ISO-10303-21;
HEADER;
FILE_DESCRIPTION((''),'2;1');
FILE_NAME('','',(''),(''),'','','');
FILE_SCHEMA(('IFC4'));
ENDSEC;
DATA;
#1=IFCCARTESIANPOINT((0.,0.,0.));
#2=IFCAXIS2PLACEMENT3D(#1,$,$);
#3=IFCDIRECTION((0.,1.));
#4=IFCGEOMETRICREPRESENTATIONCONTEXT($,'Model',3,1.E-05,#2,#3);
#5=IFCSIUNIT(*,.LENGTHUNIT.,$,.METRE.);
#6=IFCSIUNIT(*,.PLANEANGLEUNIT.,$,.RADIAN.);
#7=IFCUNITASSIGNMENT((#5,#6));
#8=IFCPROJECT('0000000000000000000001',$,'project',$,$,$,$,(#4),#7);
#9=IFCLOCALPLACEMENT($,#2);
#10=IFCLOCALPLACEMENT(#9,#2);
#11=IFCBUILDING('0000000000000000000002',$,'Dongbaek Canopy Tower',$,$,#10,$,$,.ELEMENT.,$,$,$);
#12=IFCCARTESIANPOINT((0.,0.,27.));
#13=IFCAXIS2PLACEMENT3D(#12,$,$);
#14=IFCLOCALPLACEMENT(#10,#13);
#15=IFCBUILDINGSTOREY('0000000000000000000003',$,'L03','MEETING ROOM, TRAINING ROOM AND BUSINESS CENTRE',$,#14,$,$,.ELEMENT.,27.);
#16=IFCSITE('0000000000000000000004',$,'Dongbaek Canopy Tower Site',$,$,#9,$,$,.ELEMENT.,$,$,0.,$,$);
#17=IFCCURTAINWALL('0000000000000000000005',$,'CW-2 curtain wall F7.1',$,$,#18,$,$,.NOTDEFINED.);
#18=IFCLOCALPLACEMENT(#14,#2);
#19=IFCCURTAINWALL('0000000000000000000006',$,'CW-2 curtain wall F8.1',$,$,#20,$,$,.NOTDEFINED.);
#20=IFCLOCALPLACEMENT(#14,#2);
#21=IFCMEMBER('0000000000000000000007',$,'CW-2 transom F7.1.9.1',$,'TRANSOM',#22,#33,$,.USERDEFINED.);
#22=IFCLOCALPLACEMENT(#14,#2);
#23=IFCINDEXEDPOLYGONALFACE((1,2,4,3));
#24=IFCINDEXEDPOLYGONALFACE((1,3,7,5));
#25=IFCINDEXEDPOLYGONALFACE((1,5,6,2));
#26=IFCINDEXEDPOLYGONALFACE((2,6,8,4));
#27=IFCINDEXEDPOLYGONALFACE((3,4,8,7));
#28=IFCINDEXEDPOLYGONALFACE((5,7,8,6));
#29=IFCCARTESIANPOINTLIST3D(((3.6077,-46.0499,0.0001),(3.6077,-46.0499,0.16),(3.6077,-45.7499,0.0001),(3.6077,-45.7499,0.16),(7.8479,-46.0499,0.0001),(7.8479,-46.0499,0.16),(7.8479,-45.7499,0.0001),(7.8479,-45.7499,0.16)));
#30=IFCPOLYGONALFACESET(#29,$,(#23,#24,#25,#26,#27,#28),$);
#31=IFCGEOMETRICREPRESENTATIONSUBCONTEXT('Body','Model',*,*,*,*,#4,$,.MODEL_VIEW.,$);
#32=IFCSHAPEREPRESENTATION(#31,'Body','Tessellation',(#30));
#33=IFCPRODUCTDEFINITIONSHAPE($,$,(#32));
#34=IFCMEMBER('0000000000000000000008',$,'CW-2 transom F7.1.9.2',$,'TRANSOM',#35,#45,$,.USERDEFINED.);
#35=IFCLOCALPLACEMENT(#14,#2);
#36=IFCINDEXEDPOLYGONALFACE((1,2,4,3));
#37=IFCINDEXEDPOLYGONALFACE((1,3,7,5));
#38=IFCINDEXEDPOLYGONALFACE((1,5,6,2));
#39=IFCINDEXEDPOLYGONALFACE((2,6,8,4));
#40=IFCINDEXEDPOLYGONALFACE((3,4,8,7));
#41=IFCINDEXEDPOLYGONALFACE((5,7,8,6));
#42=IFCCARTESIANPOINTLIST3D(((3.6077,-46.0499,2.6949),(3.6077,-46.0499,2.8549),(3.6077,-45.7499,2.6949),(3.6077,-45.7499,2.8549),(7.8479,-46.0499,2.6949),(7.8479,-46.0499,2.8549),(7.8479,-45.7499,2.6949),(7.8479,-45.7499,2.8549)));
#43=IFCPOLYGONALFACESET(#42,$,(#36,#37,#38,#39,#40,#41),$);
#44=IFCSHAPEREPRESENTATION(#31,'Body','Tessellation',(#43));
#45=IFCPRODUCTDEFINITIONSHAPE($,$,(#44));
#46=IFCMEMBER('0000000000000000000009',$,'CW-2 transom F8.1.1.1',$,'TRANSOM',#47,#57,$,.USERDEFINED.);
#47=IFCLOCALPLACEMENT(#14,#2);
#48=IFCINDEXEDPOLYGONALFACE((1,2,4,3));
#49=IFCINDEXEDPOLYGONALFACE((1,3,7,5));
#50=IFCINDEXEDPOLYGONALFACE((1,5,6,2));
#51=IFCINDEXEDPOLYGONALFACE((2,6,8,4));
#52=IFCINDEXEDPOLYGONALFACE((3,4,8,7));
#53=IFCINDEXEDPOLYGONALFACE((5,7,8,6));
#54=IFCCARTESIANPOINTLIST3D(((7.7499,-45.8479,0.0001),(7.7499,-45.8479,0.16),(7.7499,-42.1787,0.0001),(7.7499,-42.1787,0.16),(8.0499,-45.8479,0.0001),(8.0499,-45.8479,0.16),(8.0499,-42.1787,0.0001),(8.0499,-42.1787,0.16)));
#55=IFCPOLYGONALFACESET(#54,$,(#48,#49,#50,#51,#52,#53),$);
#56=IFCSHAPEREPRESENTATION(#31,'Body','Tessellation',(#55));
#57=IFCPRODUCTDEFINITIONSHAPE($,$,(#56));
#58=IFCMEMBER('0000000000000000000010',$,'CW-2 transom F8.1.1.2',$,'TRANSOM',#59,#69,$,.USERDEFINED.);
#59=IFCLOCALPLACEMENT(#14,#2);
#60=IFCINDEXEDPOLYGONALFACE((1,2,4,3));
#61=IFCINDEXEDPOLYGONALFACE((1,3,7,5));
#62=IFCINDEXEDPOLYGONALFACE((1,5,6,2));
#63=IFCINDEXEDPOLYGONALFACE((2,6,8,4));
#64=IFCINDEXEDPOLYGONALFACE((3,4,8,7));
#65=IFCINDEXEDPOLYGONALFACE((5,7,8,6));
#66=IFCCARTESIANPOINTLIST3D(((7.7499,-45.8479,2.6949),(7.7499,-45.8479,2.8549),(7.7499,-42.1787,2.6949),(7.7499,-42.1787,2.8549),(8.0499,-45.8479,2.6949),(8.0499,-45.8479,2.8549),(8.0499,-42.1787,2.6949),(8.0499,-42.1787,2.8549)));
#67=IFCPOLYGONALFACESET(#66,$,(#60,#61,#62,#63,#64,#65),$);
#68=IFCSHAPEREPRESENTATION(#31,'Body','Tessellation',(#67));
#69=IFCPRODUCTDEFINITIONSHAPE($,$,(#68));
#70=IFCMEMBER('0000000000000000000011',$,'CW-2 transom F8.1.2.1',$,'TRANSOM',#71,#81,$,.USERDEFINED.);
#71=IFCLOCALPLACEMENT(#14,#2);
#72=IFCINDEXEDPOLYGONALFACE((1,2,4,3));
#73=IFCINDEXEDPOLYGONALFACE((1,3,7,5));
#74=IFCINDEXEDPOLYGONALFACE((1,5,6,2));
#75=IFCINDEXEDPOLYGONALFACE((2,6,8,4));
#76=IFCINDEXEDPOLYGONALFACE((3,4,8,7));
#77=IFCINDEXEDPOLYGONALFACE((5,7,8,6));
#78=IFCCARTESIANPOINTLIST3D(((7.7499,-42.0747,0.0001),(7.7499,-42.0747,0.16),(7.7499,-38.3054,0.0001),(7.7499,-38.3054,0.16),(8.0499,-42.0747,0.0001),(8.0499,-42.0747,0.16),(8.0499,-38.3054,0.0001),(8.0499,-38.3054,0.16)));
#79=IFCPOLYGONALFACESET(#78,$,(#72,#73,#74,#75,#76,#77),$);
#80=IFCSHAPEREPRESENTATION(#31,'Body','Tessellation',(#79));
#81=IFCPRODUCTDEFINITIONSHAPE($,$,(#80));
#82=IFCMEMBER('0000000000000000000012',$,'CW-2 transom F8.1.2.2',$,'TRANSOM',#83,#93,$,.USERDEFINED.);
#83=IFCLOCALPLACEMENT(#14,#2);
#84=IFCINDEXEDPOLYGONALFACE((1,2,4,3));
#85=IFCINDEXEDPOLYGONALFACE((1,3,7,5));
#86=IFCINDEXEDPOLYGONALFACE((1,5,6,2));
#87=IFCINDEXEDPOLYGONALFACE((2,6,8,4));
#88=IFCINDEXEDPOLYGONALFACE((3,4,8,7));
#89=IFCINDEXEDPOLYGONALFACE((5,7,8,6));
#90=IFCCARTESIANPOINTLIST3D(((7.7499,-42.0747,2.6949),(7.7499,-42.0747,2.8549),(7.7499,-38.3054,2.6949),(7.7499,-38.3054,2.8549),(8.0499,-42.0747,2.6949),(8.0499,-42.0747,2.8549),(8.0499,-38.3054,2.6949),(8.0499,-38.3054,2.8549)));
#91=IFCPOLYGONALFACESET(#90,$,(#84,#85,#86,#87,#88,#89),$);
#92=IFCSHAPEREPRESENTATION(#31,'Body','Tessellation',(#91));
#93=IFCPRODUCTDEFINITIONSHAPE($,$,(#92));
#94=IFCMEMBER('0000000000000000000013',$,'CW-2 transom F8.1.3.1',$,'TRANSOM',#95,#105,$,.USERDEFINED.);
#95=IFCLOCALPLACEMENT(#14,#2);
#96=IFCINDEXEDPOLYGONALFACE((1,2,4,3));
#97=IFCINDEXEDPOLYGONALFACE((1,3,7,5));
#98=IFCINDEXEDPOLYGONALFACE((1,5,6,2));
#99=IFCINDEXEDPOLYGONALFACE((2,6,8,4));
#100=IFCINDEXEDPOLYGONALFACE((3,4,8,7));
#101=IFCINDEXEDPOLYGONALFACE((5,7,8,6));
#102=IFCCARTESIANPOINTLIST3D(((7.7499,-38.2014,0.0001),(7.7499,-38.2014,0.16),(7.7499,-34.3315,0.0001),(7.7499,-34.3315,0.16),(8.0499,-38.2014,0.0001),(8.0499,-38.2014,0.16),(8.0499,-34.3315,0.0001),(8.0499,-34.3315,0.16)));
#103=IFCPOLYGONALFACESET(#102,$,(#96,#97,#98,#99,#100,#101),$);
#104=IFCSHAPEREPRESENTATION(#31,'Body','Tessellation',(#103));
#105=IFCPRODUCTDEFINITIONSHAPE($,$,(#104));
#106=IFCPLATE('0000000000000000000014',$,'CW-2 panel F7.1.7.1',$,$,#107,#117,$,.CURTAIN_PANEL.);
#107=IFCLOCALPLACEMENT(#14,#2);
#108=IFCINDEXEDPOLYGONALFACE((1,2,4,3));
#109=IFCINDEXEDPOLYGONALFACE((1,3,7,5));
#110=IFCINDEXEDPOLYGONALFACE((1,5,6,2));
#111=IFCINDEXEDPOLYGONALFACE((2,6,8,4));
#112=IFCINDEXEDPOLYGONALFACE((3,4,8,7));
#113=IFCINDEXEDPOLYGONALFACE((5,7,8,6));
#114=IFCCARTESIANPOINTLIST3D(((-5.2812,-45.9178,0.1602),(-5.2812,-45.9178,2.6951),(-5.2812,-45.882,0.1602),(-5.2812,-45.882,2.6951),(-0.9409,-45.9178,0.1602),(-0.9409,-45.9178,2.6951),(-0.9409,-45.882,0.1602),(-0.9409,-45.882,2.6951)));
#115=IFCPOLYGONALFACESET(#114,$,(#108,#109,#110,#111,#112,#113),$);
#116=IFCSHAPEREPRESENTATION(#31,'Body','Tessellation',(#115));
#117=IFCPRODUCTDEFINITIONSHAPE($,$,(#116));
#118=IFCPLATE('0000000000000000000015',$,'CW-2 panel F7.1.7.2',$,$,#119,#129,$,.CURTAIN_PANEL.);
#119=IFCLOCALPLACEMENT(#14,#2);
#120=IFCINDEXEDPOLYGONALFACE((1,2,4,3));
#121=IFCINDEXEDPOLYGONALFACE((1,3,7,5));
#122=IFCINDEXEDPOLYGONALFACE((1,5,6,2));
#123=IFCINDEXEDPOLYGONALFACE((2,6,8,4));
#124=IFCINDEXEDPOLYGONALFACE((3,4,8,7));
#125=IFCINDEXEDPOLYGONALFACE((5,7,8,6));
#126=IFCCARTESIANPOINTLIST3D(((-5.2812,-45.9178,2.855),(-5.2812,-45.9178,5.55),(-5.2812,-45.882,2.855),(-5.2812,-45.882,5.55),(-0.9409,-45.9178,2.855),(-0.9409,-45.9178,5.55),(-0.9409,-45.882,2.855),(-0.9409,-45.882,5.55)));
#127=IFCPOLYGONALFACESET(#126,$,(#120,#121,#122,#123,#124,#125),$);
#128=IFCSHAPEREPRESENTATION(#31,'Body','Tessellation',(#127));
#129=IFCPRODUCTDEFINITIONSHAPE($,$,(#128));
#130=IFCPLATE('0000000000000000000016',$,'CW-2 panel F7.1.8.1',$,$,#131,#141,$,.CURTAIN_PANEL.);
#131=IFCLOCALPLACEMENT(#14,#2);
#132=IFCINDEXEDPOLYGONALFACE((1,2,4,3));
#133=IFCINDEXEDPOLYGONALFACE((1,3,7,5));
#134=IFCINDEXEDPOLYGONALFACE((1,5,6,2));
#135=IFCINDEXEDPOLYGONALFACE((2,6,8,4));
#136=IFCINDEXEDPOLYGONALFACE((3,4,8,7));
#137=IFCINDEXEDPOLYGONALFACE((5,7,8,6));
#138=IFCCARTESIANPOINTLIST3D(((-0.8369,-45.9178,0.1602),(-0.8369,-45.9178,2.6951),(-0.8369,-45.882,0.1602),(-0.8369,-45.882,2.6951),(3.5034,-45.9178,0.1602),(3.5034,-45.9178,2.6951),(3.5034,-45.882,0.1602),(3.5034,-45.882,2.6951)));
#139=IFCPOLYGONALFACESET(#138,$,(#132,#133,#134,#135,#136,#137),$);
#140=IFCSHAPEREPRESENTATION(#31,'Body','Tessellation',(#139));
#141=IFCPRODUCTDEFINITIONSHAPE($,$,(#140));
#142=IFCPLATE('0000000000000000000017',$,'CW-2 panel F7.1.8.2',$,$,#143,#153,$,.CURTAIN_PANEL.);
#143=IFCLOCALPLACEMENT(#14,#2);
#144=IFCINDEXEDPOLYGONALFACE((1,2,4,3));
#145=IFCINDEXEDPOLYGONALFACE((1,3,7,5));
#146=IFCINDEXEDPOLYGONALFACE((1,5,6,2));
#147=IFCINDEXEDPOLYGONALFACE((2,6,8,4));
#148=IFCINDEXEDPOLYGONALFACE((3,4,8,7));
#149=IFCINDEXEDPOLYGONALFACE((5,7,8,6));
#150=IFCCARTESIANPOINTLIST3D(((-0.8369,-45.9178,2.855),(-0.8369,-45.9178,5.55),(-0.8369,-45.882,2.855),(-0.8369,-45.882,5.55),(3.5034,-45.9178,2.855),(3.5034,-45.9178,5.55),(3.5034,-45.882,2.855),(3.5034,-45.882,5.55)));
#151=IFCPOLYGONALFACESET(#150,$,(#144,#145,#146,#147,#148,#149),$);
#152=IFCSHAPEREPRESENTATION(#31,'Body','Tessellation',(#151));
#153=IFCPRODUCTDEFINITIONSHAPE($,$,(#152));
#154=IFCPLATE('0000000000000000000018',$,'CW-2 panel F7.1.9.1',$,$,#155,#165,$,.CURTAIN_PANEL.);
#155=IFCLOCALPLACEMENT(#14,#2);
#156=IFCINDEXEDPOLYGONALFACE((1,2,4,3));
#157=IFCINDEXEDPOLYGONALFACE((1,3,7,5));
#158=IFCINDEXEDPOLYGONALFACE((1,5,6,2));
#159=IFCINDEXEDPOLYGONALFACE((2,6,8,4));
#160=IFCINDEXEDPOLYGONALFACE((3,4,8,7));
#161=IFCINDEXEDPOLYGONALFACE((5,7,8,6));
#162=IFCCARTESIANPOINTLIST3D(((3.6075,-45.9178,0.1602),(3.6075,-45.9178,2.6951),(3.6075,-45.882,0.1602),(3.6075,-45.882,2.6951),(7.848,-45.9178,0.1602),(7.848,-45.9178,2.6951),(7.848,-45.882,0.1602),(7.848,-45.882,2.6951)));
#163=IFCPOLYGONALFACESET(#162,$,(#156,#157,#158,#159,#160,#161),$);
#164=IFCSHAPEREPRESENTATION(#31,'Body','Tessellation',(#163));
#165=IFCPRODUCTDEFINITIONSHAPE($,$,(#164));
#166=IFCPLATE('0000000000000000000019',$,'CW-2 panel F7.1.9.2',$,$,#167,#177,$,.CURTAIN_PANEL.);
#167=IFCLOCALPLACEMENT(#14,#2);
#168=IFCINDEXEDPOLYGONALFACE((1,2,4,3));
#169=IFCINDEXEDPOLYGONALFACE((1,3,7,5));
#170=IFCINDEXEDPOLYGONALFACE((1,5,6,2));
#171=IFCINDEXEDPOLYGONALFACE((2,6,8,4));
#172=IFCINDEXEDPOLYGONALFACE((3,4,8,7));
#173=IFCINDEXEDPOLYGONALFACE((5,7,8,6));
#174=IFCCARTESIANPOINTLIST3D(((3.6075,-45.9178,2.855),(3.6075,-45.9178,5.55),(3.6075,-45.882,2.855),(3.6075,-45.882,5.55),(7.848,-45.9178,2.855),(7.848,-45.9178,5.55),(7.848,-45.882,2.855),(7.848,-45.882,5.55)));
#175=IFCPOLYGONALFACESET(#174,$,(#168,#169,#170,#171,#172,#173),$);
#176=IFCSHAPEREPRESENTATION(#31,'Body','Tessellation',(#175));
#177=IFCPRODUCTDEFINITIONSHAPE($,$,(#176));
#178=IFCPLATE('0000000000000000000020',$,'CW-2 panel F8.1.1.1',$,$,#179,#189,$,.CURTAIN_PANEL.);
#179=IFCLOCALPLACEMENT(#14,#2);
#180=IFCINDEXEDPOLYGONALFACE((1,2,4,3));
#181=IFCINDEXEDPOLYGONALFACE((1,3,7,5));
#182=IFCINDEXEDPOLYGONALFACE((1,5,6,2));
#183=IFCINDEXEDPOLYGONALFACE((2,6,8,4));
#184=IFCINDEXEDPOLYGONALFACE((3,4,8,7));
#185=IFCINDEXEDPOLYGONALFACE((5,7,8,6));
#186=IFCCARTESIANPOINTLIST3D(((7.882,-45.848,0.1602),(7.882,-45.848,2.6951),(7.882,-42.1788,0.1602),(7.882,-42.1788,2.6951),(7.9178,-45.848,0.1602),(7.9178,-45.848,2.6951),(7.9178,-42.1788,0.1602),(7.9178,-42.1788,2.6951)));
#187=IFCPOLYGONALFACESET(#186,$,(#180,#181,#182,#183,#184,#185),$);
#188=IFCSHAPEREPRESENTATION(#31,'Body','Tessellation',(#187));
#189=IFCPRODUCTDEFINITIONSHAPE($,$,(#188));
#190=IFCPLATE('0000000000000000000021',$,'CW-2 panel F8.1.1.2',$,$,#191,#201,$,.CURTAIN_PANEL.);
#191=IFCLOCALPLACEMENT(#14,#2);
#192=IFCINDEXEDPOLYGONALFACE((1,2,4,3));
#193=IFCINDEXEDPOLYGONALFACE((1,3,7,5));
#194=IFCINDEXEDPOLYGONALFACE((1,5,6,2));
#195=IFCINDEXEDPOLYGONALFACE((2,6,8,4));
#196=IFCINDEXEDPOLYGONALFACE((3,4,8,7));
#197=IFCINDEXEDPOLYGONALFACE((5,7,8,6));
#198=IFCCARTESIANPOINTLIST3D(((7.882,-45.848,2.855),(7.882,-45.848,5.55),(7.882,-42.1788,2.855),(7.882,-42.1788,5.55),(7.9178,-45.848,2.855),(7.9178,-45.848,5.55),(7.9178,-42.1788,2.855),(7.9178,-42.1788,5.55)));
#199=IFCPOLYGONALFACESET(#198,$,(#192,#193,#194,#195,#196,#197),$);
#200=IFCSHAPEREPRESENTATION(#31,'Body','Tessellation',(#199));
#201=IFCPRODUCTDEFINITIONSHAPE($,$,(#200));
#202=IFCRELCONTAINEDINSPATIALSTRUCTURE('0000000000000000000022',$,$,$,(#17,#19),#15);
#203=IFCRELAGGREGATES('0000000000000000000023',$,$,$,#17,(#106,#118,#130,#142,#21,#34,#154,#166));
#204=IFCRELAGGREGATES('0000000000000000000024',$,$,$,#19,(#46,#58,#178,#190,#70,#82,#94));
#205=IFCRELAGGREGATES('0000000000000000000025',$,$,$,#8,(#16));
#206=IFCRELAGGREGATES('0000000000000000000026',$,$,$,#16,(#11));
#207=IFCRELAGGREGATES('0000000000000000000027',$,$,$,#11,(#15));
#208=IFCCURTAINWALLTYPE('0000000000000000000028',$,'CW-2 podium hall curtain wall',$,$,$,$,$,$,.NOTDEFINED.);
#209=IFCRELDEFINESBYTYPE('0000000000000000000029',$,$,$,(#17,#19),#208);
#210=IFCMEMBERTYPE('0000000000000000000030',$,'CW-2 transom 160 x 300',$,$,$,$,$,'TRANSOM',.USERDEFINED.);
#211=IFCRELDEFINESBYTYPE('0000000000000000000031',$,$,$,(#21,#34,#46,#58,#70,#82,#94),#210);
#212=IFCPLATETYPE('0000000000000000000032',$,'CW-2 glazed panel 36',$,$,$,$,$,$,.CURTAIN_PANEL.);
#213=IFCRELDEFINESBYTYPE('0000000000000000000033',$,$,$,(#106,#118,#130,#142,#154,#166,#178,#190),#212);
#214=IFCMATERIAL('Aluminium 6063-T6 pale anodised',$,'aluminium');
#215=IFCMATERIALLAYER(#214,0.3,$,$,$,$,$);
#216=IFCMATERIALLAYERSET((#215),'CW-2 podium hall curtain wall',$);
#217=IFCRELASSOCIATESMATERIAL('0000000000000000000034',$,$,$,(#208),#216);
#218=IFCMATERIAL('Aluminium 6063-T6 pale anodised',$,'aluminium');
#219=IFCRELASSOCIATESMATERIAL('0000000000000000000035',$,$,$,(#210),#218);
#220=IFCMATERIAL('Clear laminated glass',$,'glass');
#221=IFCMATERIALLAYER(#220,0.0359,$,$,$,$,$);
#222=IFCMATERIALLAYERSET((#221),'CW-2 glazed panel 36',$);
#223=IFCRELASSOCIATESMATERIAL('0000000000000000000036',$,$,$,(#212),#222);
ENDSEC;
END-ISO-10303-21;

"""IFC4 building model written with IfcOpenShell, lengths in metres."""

from ifc_helpers import new_model, si_unit, direction, frame, origin, origin_2d, place, context, subcontext, project, spatial, rectangle, extrude, material, layer, layer_set, material_profile, profile_set, type_object, element, aggregate, save


model = new_model("IFC4")

# Units and contexts
model_context = context("Model", 3, precision=1e-05, world=origin(), true_north=direction((0.0, 1.0)))
body_context = subcontext(model_context, "Body", "Model", "MODEL_VIEW")
ifc_project = project(units=[si_unit("LENGTHUNIT", "METRE"), si_unit("PLANEANGLEUNIT", "RADIAN")], contexts=[model_context])

# Site, building, storey
site_placement = place(None, origin())
site = spatial("IfcSite", under=ifc_project, at=site_placement, Name="Dongbaek Canopy Tower Site", CompositionType="ELEMENT", RefElevation=0.0)
building_placement = place(site_placement, origin())
building = spatial("IfcBuilding", under=site, at=building_placement, Name="Dongbaek Canopy Tower", CompositionType="ELEMENT")
storey_placement = place(building_placement, frame((0.0, 0.0, 27.0)))
storey = spatial("IfcBuildingStorey", under=building, at=storey_placement, Name="L03", Description="MEETING ROOM, TRAINING ROOM AND BUSINESS CENTRE", CompositionType="ELEMENT", Elevation=27.0)

# Curtain walls
ifc_material_1 = material(Name="Aluminium 6063-T6 pale anodised", Category="aluminium")
ifc_layer_1 = layer(ifc_material_1, 0.3)
ifc_layer_set_1 = layer_set([ifc_layer_1], Name="CW-2 podium hall curtain wall")
curtain_wall_type = type_object("IfcCurtainWallType", Name="CW-2 podium hall curtain wall", PredefinedType="NOTDEFINED", material=ifc_layer_set_1)
curtain_wall_1_placement = place(storey_placement, origin())
curtain_wall_1 = element("IfcCurtainWall", 1, at=curtain_wall_1_placement, inside=storey, type_object=curtain_wall_type, Name="CW-2 curtain wall F7.1", PredefinedType="NOTDEFINED")
curtain_wall_2_placement = place(storey_placement, origin())
curtain_wall_2 = element("IfcCurtainWall", 2, at=curtain_wall_2_placement, inside=storey, type_object=curtain_wall_type, Name="CW-2 curtain wall F8.1", PredefinedType="NOTDEFINED")

# Members
ifc_material_2 = material(Name="Aluminium 6063-T6 pale anodised", Category="aluminium")
ifc_material_profile_1 = material_profile(ifc_material_2, rectangle(XDim=0.3, YDim=0.1599, at=origin_2d()), Name="CW-2 transom 160 x 300")
ifc_profile_set_1 = profile_set([ifc_material_profile_1], Name="Aluminium 6063-T6 pale anodised")
member_type_1 = type_object("IfcMemberType", Name="CW-2 transom 160 x 300", ElementType="TRANSOM", PredefinedType="USERDEFINED", material=ifc_profile_set_1)
member_1_placement = place(storey_placement, frame((3.6077, -45.8999, 0.0801), z_axis=(1.0, 0.0, 0.0), x_axis=(0.0, 1.0, 0.0)))
member_1 = element("IfcMember", 3, at=member_1_placement, type_object=member_type_1, Name="CW-2 transom F7.1.9.1", ObjectType="TRANSOM", PredefinedType="USERDEFINED", context=body_context, shape_type="SweptSolid", body=[
    extrude(rectangle(XDim=0.3, YDim=0.1599, at=origin_2d()), origin(), (0.0, 0.0, 1.0), 4.2402),
])
member_2_placement = place(storey_placement, frame((3.6077, -45.8999, 2.7749), z_axis=(1.0, 0.0, 0.0), x_axis=(0.0, 1.0, 0.0)))
member_2 = element("IfcMember", 4, at=member_2_placement, type_object=member_type_1, Name="CW-2 transom F7.1.9.2", ObjectType="TRANSOM", PredefinedType="USERDEFINED", context=body_context, shape_type="SweptSolid", body=[
    extrude(rectangle(XDim=0.3, YDim=0.1599, at=origin_2d()), origin(), (0.0, 0.0, 1.0), 4.2402),
])
member_3_placement = place(storey_placement, frame((7.8999, -45.8479, 0.0801), z_axis=(0.0, 1.0, 0.0), x_axis=(-1.0, 0.0, 0.0)))
member_3 = element("IfcMember", 5, at=member_3_placement, type_object=member_type_1, Name="CW-2 transom F8.1.1.1", ObjectType="TRANSOM", PredefinedType="USERDEFINED", context=body_context, shape_type="SweptSolid", body=[
    extrude(rectangle(XDim=0.3, YDim=0.1599, at=origin_2d()), origin(), (0.0, 0.0, 1.0), 3.6692),
])
member_4_placement = place(storey_placement, frame((7.8999, -45.8479, 2.7749), z_axis=(0.0, 1.0, 0.0), x_axis=(-1.0, 0.0, 0.0)))
member_4 = element("IfcMember", 6, at=member_4_placement, type_object=member_type_1, Name="CW-2 transom F8.1.1.2", ObjectType="TRANSOM", PredefinedType="USERDEFINED", context=body_context, shape_type="SweptSolid", body=[
    extrude(rectangle(XDim=0.3, YDim=0.1599, at=origin_2d()), origin(), (0.0, 0.0, 1.0), 3.6692),
])
member_5_placement = place(storey_placement, frame((7.8999, -42.0747, 0.0801), z_axis=(0.0, 1.0, 0.0), x_axis=(-1.0, 0.0, 0.0)))
member_5 = element("IfcMember", 7, at=member_5_placement, type_object=member_type_1, Name="CW-2 transom F8.1.2.1", ObjectType="TRANSOM", PredefinedType="USERDEFINED", context=body_context, shape_type="SweptSolid", body=[
    extrude(rectangle(XDim=0.3, YDim=0.1599, at=origin_2d()), origin(), (0.0, 0.0, 1.0), 3.7693),
])
member_6_placement = place(storey_placement, frame((7.8999, -42.0747, 2.7749), z_axis=(0.0, 1.0, 0.0), x_axis=(-1.0, 0.0, 0.0)))
member_6 = element("IfcMember", 8, at=member_6_placement, type_object=member_type_1, Name="CW-2 transom F8.1.2.2", ObjectType="TRANSOM", PredefinedType="USERDEFINED", context=body_context, shape_type="SweptSolid", body=[
    extrude(rectangle(XDim=0.3, YDim=0.1599, at=origin_2d()), origin(), (0.0, 0.0, 1.0), 3.7693),
])
member_7_placement = place(storey_placement, frame((7.8999, -38.2014, 0.0801), z_axis=(0.0, 1.0, 0.0), x_axis=(-1.0, 0.0, 0.0)))
member_7 = element("IfcMember", 9, at=member_7_placement, type_object=member_type_1, Name="CW-2 transom F8.1.3.1", ObjectType="TRANSOM", PredefinedType="USERDEFINED", context=body_context, shape_type="SweptSolid", body=[
    extrude(rectangle(XDim=0.3, YDim=0.1599, at=origin_2d()), origin(), (0.0, 0.0, 1.0), 3.8699),
])

# Plates
ifc_material_3 = material(Name="Clear laminated glass", Category="glass")
ifc_layer_2 = layer(ifc_material_3, 0.0359)
ifc_layer_set_2 = layer_set([ifc_layer_2], Name="CW-2 glazed panel 36")
plate_type = type_object("IfcPlateType", Name="CW-2 glazed panel 36", PredefinedType="CURTAIN_PANEL", material=ifc_layer_set_2)
plate_1_placement = place(storey_placement, frame((-3.1111, -45.8999, 0.1602), z_axis=(0.0, 0.0, 1.0), x_axis=(1.0, 0.0, 0.0)))
plate_1 = element("IfcPlate", 10, at=plate_1_placement, type_object=plate_type, Name="CW-2 panel F7.1.7.1", PredefinedType="CURTAIN_PANEL", context=body_context, shape_type="SweptSolid", body=[
    extrude(rectangle(XDim=4.3403, YDim=0.0359, at=origin_2d()), origin(), (0.0, 0.0, 1.0), 2.5349),
])
plate_2_placement = place(storey_placement, frame((-3.1111, -45.8999, 2.855), z_axis=(0.0, 0.0, 1.0), x_axis=(1.0, 0.0, 0.0)))
plate_2 = element("IfcPlate", 11, at=plate_2_placement, type_object=plate_type, Name="CW-2 panel F7.1.7.2", PredefinedType="CURTAIN_PANEL", context=body_context, shape_type="SweptSolid", body=[
    extrude(rectangle(XDim=4.3403, YDim=0.0359, at=origin_2d()), origin(), (0.0, 0.0, 1.0), 2.6951),
])
plate_3_placement = place(storey_placement, frame((1.3333, -45.8999, 0.1602), z_axis=(0.0, 0.0, 1.0), x_axis=(1.0, 0.0, 0.0)))
plate_3 = element("IfcPlate", 12, at=plate_3_placement, type_object=plate_type, Name="CW-2 panel F7.1.8.1", PredefinedType="CURTAIN_PANEL", context=body_context, shape_type="SweptSolid", body=[
    extrude(rectangle(XDim=4.3403, YDim=0.0359, at=origin_2d()), origin(), (0.0, 0.0, 1.0), 2.5349),
])
plate_4_placement = place(storey_placement, frame((1.3333, -45.8999, 2.855), z_axis=(0.0, 0.0, 1.0), x_axis=(1.0, 0.0, 0.0)))
plate_4 = element("IfcPlate", 13, at=plate_4_placement, type_object=plate_type, Name="CW-2 panel F7.1.8.2", PredefinedType="CURTAIN_PANEL", context=body_context, shape_type="SweptSolid", body=[
    extrude(rectangle(XDim=4.3403, YDim=0.0359, at=origin_2d()), origin(), (0.0, 0.0, 1.0), 2.6951),
])
plate_5_placement = place(storey_placement, frame((5.7278, -45.8999, 0.1602), z_axis=(0.0, 0.0, 1.0), x_axis=(1.0, 0.0, 0.0)))
plate_5 = element("IfcPlate", 14, at=plate_5_placement, type_object=plate_type, Name="CW-2 panel F7.1.9.1", PredefinedType="CURTAIN_PANEL", context=body_context, shape_type="SweptSolid", body=[
    extrude(rectangle(XDim=4.2405, YDim=0.0359, at=origin_2d()), origin(), (0.0, 0.0, 1.0), 2.5349),
])
plate_6_placement = place(storey_placement, frame((5.7278, -45.8999, 2.855), z_axis=(0.0, 0.0, 1.0), x_axis=(1.0, 0.0, 0.0)))
plate_6 = element("IfcPlate", 15, at=plate_6_placement, type_object=plate_type, Name="CW-2 panel F7.1.9.2", PredefinedType="CURTAIN_PANEL", context=body_context, shape_type="SweptSolid", body=[
    extrude(rectangle(XDim=4.2405, YDim=0.0359, at=origin_2d()), origin(), (0.0, 0.0, 1.0), 2.6951),
])
aggregate(curtain_wall_1, [plate_1, plate_2, plate_3, plate_4, member_1, member_2, plate_5, plate_6])
plate_7_placement = place(storey_placement, frame((7.8999, -44.0134, 0.1602), z_axis=(0.0, 0.0, 1.0), x_axis=(0.0, 1.0, 0.0)))
plate_7 = element("IfcPlate", 16, at=plate_7_placement, type_object=plate_type, Name="CW-2 panel F8.1.1.1", PredefinedType="CURTAIN_PANEL", context=body_context, shape_type="SweptSolid", body=[
    extrude(rectangle(XDim=3.6692, YDim=0.0359, at=origin_2d()), origin(), (0.0, 0.0, 1.0), 2.5349),
])
plate_8_placement = place(storey_placement, frame((7.8999, -44.0134, 2.855), z_axis=(0.0, 0.0, 1.0), x_axis=(0.0, 1.0, 0.0)))
plate_8 = element("IfcPlate", 17, at=plate_8_placement, type_object=plate_type, Name="CW-2 panel F8.1.1.2", PredefinedType="CURTAIN_PANEL", context=body_context, shape_type="SweptSolid", body=[
    extrude(rectangle(XDim=3.6692, YDim=0.0359, at=origin_2d()), origin(), (0.0, 0.0, 1.0), 2.6951),
])
aggregate(curtain_wall_2, [member_3, member_4, plate_7, plate_8, member_5, member_6, member_7])

save(model, "model.ifc")
